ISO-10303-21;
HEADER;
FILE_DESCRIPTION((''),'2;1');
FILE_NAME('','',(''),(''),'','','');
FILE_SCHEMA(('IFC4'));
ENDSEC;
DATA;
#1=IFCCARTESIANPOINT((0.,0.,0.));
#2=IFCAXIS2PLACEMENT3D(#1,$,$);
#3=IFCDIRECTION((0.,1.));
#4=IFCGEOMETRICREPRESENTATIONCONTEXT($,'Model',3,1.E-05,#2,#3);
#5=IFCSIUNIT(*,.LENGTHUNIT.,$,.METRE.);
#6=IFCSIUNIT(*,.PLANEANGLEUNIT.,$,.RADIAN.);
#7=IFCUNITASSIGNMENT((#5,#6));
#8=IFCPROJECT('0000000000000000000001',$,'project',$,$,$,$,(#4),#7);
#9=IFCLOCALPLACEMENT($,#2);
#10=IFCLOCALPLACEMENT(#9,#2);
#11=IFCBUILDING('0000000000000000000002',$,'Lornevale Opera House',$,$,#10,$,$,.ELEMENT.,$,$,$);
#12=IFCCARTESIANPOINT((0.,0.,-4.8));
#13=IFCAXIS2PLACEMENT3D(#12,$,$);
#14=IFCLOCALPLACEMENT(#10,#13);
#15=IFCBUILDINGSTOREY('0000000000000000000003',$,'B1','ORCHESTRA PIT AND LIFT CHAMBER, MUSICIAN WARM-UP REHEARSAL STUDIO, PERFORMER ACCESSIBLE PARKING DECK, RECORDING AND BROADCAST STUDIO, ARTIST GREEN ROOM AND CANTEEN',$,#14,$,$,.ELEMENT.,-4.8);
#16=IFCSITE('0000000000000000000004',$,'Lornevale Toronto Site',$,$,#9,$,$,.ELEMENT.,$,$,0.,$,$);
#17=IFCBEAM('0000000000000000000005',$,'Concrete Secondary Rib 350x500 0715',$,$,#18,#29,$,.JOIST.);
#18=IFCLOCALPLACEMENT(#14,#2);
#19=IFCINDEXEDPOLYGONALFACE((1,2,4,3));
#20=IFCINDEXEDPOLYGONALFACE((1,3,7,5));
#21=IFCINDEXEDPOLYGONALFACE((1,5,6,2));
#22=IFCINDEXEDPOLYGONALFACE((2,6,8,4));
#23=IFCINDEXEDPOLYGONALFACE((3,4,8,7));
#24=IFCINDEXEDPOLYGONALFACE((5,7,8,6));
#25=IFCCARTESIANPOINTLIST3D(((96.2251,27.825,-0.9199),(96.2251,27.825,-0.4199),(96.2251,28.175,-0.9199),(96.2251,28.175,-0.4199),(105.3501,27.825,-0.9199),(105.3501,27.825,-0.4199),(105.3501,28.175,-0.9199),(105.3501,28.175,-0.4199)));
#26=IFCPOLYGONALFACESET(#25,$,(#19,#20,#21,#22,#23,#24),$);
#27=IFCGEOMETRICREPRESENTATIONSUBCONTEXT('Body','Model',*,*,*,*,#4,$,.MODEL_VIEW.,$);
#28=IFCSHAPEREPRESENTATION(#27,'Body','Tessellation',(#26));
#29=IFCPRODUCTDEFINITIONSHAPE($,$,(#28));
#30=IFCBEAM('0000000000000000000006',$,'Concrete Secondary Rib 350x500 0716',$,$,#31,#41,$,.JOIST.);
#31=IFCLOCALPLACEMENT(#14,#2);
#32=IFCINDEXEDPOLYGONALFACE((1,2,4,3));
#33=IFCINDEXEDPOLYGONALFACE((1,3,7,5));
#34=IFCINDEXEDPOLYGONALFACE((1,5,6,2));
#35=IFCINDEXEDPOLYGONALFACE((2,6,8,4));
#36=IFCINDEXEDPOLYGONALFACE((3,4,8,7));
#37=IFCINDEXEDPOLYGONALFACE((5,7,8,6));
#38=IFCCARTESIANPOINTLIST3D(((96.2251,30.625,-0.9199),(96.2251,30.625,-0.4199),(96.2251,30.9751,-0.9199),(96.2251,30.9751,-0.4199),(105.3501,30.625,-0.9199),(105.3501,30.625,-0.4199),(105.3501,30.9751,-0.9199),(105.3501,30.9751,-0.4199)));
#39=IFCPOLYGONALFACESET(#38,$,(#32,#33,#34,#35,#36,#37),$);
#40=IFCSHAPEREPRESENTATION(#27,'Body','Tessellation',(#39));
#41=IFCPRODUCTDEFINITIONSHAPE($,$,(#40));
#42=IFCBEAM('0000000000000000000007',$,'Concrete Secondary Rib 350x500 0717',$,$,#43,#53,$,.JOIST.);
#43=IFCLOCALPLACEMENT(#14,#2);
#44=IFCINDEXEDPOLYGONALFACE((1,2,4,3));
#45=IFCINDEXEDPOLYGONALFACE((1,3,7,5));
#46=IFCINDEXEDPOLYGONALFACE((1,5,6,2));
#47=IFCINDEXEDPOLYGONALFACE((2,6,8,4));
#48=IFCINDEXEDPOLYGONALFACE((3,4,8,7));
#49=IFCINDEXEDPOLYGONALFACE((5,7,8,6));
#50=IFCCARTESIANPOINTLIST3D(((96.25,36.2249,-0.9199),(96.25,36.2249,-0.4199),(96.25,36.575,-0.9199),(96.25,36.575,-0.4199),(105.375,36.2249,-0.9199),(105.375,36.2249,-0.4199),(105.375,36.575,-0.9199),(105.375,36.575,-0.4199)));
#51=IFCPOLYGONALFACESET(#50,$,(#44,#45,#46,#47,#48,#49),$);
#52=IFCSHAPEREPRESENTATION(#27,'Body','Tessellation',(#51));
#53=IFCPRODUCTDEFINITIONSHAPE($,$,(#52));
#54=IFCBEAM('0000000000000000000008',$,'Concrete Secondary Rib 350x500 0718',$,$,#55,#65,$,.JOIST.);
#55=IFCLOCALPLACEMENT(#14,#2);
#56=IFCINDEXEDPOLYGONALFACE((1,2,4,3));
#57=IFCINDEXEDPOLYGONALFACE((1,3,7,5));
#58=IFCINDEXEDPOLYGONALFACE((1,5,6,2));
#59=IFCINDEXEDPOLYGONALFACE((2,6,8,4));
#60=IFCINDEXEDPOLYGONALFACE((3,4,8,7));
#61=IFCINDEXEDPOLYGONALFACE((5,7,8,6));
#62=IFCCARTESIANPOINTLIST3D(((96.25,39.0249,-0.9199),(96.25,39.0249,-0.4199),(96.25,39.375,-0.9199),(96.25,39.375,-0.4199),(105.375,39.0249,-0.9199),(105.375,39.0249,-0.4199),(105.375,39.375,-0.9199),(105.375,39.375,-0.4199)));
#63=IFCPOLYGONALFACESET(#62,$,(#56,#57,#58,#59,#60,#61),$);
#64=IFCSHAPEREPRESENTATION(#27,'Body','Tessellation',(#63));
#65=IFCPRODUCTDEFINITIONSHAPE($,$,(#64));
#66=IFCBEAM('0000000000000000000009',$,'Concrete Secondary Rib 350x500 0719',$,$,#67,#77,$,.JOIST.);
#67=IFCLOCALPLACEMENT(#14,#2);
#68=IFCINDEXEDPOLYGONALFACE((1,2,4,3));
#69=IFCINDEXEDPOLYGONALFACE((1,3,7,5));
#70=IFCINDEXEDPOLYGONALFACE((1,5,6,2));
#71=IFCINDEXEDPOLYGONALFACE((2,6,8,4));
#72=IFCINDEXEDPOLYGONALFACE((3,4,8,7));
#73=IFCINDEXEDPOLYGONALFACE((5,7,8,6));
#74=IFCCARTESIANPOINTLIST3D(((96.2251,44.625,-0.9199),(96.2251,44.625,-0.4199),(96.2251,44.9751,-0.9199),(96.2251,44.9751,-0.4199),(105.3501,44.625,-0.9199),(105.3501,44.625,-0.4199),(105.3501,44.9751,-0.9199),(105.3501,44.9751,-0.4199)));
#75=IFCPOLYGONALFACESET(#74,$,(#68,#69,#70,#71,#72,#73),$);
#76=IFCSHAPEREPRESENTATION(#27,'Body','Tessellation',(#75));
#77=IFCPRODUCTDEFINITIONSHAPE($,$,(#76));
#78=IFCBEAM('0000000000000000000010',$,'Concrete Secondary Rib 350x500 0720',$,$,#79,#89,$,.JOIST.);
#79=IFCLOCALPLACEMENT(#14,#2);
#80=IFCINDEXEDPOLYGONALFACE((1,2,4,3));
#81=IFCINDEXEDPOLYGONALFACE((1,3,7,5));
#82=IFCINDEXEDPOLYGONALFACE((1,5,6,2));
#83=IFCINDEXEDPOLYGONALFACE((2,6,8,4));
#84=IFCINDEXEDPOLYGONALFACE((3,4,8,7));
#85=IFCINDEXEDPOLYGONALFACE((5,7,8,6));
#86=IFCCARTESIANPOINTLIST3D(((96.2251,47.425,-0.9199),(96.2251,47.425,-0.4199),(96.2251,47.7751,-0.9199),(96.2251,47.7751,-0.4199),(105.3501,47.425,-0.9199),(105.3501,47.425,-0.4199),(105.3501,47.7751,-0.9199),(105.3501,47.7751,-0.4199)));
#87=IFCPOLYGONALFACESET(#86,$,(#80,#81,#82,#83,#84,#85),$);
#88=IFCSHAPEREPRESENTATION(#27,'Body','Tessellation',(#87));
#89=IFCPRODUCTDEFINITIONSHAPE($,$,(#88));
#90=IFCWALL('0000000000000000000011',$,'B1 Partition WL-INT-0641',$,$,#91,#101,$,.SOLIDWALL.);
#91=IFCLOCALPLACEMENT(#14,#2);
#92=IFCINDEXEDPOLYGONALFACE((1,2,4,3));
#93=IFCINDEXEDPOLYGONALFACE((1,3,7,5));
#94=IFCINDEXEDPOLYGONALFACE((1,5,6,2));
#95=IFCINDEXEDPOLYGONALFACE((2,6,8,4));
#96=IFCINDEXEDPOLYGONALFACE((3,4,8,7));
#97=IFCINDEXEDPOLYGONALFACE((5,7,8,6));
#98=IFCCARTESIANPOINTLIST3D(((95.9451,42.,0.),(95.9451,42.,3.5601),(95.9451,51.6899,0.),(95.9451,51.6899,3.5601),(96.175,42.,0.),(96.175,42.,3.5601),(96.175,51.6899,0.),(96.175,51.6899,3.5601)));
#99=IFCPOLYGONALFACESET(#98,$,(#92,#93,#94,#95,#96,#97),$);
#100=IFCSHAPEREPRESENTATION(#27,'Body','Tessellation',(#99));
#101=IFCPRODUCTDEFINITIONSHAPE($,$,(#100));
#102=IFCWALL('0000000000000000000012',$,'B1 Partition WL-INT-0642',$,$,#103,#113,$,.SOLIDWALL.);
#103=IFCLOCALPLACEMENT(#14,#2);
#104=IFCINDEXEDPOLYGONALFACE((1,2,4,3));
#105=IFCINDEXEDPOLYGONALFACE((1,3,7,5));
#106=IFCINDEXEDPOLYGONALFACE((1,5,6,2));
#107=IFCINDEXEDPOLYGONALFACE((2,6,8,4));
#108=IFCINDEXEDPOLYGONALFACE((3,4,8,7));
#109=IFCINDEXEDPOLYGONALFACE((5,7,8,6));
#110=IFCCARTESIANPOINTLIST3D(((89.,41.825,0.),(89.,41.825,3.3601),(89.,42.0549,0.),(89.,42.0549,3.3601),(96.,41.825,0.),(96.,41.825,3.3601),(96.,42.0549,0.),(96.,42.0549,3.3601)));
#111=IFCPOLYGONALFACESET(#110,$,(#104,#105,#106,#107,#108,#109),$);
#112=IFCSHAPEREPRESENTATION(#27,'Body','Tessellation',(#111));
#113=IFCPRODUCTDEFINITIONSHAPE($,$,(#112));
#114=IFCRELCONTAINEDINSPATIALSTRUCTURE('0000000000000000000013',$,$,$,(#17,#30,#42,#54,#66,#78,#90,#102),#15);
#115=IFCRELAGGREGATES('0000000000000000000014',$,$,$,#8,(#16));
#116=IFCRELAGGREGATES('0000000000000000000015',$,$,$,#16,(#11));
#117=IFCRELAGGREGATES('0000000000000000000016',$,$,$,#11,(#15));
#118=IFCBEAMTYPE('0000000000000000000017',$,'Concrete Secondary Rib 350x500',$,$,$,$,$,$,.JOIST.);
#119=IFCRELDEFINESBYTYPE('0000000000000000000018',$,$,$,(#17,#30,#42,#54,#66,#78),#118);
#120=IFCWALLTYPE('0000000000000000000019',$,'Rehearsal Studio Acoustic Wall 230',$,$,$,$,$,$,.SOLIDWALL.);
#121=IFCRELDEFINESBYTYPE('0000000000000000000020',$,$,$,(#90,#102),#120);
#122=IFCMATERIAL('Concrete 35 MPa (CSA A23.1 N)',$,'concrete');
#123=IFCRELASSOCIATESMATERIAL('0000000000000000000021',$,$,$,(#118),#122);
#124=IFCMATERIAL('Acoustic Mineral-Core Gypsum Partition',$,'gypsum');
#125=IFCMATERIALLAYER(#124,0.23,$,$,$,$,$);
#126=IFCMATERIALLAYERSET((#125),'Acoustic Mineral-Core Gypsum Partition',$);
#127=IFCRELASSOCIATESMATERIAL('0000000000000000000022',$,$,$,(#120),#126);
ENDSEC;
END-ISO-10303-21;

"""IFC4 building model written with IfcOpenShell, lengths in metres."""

from ifc_helpers import new_model, si_unit, direction, frame, frame_2d, origin, origin_2d, place, context, subcontext, project, spatial, rectangle, extrude, material, layer, layer_set, material_profile, profile_set, type_object, element, save


model = new_model("IFC4")

# Units and contexts
model_context = context("Model", 3, precision=1e-05, world=origin(), true_north=direction((0.0, 1.0)))
body_context = subcontext(model_context, "Body", "Model", "MODEL_VIEW")
ifc_project = project(units=[si_unit("LENGTHUNIT", "METRE"), si_unit("PLANEANGLEUNIT", "RADIAN")], contexts=[model_context])

# Site, building, storey
site_placement = place(None, origin())
site = spatial("IfcSite", under=ifc_project, at=site_placement, Name="Lornevale Toronto Site", CompositionType="ELEMENT", RefElevation=0.0)
building_placement = place(site_placement, origin())
building = spatial("IfcBuilding", under=site, at=building_placement, Name="Lornevale Opera House", CompositionType="ELEMENT")
storey_placement = place(building_placement, frame((0.0, 0.0, -4.8)))
storey = spatial("IfcBuildingStorey", under=building, at=storey_placement, Name="B1", Description="ORCHESTRA PIT AND LIFT CHAMBER, MUSICIAN WARM-UP REHEARSAL STUDIO, PERFORMER ACCESSIBLE PARKING DECK, RECORDING AND BROADCAST STUDIO, ARTIST GREEN ROOM AND CANTEEN", CompositionType="ELEMENT", Elevation=-4.8)

# Beams
ifc_material_1 = material(Name="Concrete 35 MPa (CSA A23.1 N)", Category="concrete")
ifc_material_profile_1 = material_profile(ifc_material_1, rectangle(XDim=0.3501, YDim=0.5, at=origin_2d()), Name="RC350x500")
ifc_profile_set_1 = profile_set([ifc_material_profile_1], Name="Concrete 35 MPa (CSA A23.1 N)")
beam_type_1 = type_object("IfcBeamType", Name="Concrete Secondary Rib 350x500", PredefinedType="JOIST", material=ifc_profile_set_1)
for number, where, z_axis, x_axis, name in (
    (1, (96.2251, 28.0, -0.6699), (1.0, 0.0, 0.0), (0.0, 1.0, 0.0), "Concrete Secondary Rib 350x500 0715"),
    (2, (96.2251, 30.8, -0.6699), (1.0, 0.0, 0.0), (0.0, 1.0, 0.0), "Concrete Secondary Rib 350x500 0716"),
    (3, (96.25, 36.3999, -0.6699), (1.0, 0.0, 0.0), (0.0, 1.0, 0.0), "Concrete Secondary Rib 350x500 0717"),
    (4, (96.25, 39.2, -0.6699), (1.0, 0.0, 0.0), (0.0, 1.0, 0.0), "Concrete Secondary Rib 350x500 0718"),
    (5, (96.2251, 44.8, -0.6699), (1.0, 0.0, 0.0), (0.0, 1.0, 0.0), "Concrete Secondary Rib 350x500 0719"),
    (6, (96.2251, 47.6001, -0.6699), (1.0, 0.0, 0.0), (0.0, 1.0, 0.0), "Concrete Secondary Rib 350x500 0720"),
):
    element("IfcBeam", number, at=place(storey_placement, frame(where, z_axis=z_axis, x_axis=x_axis)), inside=storey, type_object=beam_type_1, Name=name, PredefinedType="JOIST", context=body_context, shape_type="SweptSolid", body=[
        extrude(rectangle(XDim=0.3501, YDim=0.5, at=origin_2d()), origin(), (0.0, 0.0, 1.0), 9.125),
    ])

# Walls
ifc_material_2 = material(Name="Acoustic Mineral-Core Gypsum Partition", Category="gypsum")
ifc_layer = layer(ifc_material_2, 0.23)
ifc_layer_set = layer_set([ifc_layer], Name="Acoustic Mineral-Core Gypsum Partition")
wall_type = type_object("IfcWallType", Name="Rehearsal Studio Acoustic Wall 230", PredefinedType="SOLIDWALL", material=ifc_layer_set)
wall_1_placement = place(storey_placement, frame((96.0601, 42.0, 0.0), z_axis=(0.0, 0.0, 1.0), x_axis=(0.0, 1.0, 0.0)))
element("IfcWall", 7, at=wall_1_placement, inside=storey, type_object=wall_type, Name="B1 Partition WL-INT-0641", PredefinedType="SOLIDWALL", context=body_context, shape_type="SweptSolid", body=[
    extrude(rectangle(XDim=9.6899, YDim=0.23, at=frame_2d((4.845, 0.0))), origin(), (0.0, 0.0, 1.0), 3.5601),
])
wall_2_placement = place(storey_placement, frame((89.0, 41.9399, 0.0), z_axis=(0.0, 0.0, 1.0), x_axis=(1.0, 0.0, 0.0)))
element("IfcWall", 8, at=wall_2_placement, inside=storey, type_object=wall_type, Name="B1 Partition WL-INT-0642", PredefinedType="SOLIDWALL", context=body_context, shape_type="SweptSolid", body=[
    extrude(rectangle(XDim=7.0, YDim=0.23, at=frame_2d((3.5, 0.0))), origin(), (0.0, 0.0, 1.0), 3.3601),
])

save(model, "model.ifc")
